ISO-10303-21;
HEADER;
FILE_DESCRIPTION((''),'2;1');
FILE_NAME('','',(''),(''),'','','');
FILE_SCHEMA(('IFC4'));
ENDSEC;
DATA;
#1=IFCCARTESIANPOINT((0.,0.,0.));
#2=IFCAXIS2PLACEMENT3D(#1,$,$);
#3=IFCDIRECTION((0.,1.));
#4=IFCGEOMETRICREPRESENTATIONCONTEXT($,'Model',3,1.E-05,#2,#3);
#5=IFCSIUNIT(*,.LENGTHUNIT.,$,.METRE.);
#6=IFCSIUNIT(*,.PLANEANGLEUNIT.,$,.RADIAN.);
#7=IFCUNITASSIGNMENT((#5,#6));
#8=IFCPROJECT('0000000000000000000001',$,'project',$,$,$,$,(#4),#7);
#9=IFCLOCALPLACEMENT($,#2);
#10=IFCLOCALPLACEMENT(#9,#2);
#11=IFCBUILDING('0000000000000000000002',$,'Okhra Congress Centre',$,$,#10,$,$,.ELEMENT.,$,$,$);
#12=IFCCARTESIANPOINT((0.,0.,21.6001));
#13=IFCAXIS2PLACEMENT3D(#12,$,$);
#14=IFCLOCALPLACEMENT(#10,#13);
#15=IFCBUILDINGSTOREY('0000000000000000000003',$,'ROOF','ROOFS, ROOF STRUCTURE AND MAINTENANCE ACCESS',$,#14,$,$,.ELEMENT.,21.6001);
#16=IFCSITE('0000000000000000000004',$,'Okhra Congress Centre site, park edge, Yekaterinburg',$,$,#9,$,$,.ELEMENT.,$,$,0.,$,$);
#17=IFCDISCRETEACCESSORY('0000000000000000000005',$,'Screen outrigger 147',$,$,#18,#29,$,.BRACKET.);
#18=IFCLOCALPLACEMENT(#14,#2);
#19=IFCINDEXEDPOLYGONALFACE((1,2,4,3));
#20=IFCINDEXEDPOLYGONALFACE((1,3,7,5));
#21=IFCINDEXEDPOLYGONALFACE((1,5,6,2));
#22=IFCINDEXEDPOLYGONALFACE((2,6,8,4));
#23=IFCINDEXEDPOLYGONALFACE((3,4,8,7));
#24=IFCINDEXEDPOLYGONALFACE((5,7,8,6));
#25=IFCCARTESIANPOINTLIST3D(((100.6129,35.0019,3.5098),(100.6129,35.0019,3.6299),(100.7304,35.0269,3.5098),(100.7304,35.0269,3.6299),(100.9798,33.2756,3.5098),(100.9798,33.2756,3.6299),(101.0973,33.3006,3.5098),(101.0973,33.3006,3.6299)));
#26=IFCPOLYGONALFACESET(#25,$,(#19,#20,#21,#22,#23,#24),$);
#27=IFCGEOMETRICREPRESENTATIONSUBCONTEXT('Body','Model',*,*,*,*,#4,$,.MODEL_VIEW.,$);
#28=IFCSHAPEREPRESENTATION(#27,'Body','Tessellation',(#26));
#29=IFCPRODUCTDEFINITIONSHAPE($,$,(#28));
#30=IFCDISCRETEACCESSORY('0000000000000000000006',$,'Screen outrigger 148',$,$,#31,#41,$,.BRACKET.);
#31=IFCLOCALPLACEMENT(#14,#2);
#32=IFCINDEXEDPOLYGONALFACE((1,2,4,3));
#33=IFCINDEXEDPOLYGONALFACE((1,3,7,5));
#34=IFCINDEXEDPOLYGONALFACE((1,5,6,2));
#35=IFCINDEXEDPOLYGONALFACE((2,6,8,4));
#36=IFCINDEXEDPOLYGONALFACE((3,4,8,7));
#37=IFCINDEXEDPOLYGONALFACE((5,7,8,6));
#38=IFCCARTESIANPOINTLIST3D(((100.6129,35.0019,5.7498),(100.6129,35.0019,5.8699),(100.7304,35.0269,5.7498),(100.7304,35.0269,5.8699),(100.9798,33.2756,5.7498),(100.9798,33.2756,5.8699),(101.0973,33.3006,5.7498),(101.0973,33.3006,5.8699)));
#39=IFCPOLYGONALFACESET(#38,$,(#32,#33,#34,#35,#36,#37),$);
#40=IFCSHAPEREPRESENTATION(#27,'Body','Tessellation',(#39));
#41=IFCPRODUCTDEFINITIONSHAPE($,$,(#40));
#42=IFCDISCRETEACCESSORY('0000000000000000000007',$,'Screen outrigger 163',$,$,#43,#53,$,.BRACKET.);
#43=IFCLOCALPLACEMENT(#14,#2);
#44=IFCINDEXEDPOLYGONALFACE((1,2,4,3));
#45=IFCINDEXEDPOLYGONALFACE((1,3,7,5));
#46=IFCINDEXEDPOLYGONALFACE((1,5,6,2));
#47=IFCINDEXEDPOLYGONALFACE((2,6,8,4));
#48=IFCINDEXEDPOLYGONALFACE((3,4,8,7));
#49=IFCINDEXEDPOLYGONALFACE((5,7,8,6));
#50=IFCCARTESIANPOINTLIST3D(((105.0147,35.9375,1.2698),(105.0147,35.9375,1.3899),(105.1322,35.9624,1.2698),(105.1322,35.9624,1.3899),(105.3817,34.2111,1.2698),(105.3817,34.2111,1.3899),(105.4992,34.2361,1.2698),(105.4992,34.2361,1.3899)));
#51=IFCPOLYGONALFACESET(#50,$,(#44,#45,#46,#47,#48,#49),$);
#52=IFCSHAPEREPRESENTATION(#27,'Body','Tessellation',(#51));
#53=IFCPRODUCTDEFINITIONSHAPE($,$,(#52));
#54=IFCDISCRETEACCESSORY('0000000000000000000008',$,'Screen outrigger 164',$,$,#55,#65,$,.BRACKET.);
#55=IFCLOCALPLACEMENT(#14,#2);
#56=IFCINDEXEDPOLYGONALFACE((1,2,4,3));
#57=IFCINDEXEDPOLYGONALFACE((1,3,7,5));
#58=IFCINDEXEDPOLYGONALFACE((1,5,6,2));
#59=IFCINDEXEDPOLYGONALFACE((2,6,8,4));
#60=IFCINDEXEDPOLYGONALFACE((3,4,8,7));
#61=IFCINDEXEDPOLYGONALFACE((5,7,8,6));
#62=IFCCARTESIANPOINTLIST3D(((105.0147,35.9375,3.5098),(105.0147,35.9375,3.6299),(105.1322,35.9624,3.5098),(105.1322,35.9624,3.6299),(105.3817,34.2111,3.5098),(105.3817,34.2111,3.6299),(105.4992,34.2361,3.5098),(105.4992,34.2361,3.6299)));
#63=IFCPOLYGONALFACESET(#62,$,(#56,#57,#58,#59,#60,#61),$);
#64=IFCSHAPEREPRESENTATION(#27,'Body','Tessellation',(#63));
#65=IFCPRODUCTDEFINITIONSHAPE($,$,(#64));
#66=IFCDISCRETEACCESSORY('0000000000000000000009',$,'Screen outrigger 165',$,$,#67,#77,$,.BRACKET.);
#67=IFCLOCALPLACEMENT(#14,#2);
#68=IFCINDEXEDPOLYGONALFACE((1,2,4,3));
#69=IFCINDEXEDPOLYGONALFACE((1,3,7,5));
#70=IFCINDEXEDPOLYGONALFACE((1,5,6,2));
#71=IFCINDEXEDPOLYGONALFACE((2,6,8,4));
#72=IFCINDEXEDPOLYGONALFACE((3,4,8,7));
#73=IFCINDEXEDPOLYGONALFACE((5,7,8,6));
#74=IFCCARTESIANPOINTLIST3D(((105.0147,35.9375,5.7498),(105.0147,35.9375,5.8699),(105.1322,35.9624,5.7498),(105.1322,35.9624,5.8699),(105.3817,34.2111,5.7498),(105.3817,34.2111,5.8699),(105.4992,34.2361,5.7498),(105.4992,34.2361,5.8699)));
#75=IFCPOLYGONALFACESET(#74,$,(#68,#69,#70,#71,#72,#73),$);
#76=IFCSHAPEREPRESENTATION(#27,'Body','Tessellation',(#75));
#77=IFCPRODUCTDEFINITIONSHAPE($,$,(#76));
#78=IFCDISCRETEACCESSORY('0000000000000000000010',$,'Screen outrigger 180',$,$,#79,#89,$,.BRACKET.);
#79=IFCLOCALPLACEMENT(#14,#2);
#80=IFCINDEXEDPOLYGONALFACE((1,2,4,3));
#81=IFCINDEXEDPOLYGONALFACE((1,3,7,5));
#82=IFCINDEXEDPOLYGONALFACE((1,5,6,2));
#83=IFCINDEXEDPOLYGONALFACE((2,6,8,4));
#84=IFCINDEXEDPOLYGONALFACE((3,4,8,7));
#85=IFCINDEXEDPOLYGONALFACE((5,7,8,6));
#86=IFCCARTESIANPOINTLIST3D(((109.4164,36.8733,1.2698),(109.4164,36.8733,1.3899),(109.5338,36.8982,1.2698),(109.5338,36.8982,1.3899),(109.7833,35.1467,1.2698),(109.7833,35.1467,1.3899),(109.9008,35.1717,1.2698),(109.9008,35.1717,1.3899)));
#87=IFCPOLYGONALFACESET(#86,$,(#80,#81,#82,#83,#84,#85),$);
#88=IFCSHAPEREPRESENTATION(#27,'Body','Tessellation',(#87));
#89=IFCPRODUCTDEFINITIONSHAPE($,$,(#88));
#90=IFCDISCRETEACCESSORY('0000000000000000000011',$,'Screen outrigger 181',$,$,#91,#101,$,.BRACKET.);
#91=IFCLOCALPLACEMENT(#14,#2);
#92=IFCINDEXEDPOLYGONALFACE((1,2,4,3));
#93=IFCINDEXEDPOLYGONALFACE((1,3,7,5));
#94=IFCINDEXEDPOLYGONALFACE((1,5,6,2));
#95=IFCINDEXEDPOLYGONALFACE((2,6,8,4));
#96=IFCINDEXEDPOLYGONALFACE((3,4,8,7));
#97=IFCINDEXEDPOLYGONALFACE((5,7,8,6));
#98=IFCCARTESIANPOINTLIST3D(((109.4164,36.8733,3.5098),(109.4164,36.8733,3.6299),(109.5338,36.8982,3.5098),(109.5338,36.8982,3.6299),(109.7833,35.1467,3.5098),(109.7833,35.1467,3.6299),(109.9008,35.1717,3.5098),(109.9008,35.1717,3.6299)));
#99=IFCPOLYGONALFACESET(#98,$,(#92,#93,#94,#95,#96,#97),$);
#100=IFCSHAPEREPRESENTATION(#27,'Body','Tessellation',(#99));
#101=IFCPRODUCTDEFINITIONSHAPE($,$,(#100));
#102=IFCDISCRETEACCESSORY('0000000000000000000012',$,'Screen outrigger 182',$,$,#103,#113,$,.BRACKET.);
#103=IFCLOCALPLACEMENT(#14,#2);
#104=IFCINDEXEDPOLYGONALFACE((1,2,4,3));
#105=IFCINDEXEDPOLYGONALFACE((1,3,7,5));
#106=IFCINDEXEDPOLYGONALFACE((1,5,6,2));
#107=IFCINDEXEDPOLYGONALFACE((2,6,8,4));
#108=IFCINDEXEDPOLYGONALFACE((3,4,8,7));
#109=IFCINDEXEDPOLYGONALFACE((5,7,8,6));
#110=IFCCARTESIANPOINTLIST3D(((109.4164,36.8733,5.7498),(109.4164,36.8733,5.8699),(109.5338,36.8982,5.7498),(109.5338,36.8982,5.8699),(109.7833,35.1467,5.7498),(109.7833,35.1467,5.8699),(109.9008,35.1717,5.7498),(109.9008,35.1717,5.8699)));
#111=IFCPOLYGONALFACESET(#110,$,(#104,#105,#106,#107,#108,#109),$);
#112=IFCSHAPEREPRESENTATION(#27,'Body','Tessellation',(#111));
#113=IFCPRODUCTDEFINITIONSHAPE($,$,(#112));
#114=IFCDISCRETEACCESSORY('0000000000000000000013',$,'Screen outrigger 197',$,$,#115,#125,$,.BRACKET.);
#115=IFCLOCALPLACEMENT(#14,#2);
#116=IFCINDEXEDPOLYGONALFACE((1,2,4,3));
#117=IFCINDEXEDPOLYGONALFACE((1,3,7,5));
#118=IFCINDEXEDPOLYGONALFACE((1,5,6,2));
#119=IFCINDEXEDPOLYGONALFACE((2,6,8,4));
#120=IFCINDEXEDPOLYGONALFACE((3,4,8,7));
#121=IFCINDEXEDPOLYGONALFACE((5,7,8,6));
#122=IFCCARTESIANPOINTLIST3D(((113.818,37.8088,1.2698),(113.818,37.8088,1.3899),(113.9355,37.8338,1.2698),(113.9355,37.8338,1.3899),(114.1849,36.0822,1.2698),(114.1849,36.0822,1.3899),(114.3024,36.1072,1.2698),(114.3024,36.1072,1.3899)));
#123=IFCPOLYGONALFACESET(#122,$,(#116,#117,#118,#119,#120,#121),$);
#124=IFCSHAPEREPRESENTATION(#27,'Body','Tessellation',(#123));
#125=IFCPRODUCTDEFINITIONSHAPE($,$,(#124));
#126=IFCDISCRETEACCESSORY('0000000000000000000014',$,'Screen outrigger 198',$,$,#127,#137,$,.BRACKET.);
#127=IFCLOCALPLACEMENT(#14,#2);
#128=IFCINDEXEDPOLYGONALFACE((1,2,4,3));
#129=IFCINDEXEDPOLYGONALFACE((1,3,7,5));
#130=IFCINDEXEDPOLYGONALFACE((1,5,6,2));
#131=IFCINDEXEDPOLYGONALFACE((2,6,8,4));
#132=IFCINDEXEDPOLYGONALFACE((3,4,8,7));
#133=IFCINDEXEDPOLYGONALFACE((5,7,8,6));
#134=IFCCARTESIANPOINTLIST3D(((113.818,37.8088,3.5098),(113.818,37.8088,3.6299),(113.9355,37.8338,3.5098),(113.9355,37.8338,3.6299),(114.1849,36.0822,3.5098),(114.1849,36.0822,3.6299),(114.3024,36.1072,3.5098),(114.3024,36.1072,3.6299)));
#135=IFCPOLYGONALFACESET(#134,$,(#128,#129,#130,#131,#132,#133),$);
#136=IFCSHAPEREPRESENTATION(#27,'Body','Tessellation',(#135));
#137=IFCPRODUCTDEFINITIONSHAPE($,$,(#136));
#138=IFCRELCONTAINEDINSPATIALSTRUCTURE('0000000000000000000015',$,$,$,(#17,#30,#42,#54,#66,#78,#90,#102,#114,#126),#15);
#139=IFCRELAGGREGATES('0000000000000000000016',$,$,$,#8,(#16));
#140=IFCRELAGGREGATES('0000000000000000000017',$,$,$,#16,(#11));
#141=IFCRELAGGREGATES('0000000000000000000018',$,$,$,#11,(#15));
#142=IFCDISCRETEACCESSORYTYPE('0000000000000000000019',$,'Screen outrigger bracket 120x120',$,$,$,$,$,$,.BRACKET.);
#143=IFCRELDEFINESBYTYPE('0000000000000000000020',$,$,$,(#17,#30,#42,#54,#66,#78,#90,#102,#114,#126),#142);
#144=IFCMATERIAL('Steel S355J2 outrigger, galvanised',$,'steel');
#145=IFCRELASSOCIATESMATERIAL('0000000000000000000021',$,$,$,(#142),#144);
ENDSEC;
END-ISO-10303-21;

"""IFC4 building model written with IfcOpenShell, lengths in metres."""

from ifc_helpers import new_model, si_unit, direction, frame, origin, origin_2d, place, context, subcontext, project, spatial, rectangle, extrude, material, material_profile, profile_set, type_object, element, save


model = new_model("IFC4")

# Units and contexts
model_context = context("Model", 3, precision=1e-05, world=origin(), true_north=direction((0.0, 1.0)))
body_context = subcontext(model_context, "Body", "Model", "MODEL_VIEW")
ifc_project = project(units=[si_unit("LENGTHUNIT", "METRE"), si_unit("PLANEANGLEUNIT", "RADIAN")], contexts=[model_context])

# Site, building, storey
site_placement = place(None, origin())
site = spatial("IfcSite", under=ifc_project, at=site_placement, Name="Okhra Congress Centre site, park edge, Yekaterinburg", CompositionType="ELEMENT", RefElevation=0.0)
building_placement = place(site_placement, origin())
building = spatial("IfcBuilding", under=site, at=building_placement, Name="Okhra Congress Centre", CompositionType="ELEMENT")
storey_placement = place(building_placement, frame((0.0, 0.0, 21.6001)))
storey = spatial("IfcBuildingStorey", under=building, at=storey_placement, Name="ROOF", Description="ROOFS, ROOF STRUCTURE AND MAINTENANCE ACCESS", CompositionType="ELEMENT", Elevation=21.6001)

# Discrete accessories
ifc_material_1 = material(Name="Steel S355J2 outrigger, galvanised", Category="steel")
ifc_material_profile_1 = material_profile(ifc_material_1, rectangle(XDim=0.1201, YDim=0.1201, at=origin_2d()), Name="Screen outrigger bracket 120x120")
ifc_profile_set_1 = profile_set([ifc_material_profile_1], Name="Steel S355J2 outrigger, galvanised")
discrete_accessory_type = type_object("IfcDiscreteAccessoryType", Name="Screen outrigger bracket 120x120", PredefinedType="BRACKET", material=ifc_profile_set_1)
for number, where, z_axis, x_axis, name in (
    (1, (100.6716, 35.0144, 3.5698), (0.207913, -0.978147, 0.0), (0.978147, 0.207913, 0.0), "Screen outrigger 147"),
    (2, (100.6716, 35.0144, 5.8098), (0.207913, -0.978147, 0.0), (0.978147, 0.207913, 0.0), "Screen outrigger 148"),
    (3, (105.0735, 35.95, 1.3298), (0.207913, -0.978147, 0.0), (0.978147, 0.207913, 0.0), "Screen outrigger 163"),
    (4, (105.0735, 35.95, 3.5698), (0.207913, -0.978147, 0.0), (0.978147, 0.207913, 0.0), "Screen outrigger 164"),
    (5, (105.0735, 35.95, 5.8098), (0.207913, -0.978147, 0.0), (0.978147, 0.207913, 0.0), "Screen outrigger 165"),
):
    element("IfcDiscreteAccessory", number, at=place(storey_placement, frame(where, z_axis=z_axis, x_axis=x_axis)), inside=storey, type_object=discrete_accessory_type, Name=name, PredefinedType="BRACKET", context=body_context, shape_type="SweptSolid", body=[
        extrude(rectangle(XDim=0.1201, YDim=0.1201, at=origin_2d()), origin(), (0.0, 0.0, 1.0), 1.7649),
    ])
for number, where, z_axis, x_axis, name in (
    (6, (109.4751, 36.8857, 1.3298), (0.207885, -0.978153, 0.0), (0.978153, 0.207885, 0.0), "Screen outrigger 180"),
    (7, (109.4751, 36.8857, 3.5698), (0.207885, -0.978153, 0.0), (0.978153, 0.207885, 0.0), "Screen outrigger 181"),
    (8, (109.4751, 36.8857, 5.8098), (0.207885, -0.978153, 0.0), (0.978153, 0.207885, 0.0), "Screen outrigger 182"),
    (9, (113.8767, 37.8213, 1.3298), (0.207885, -0.978153, 0.0), (0.978153, 0.207885, 0.0), "Screen outrigger 197"),
    (10, (113.8767, 37.8213, 3.5698), (0.207885, -0.978153, 0.0), (0.978153, 0.207885, 0.0), "Screen outrigger 198"),
):
    element("IfcDiscreteAccessory", number, at=place(storey_placement, frame(where, z_axis=z_axis, x_axis=x_axis)), inside=storey, type_object=discrete_accessory_type, Name=name, PredefinedType="BRACKET", context=body_context, shape_type="SweptSolid", body=[
        extrude(rectangle(XDim=0.1201, YDim=0.1201, at=origin_2d()), origin(), (0.0, 0.0, 1.0), 1.7651),
    ])

save(model, "model.ifc")
